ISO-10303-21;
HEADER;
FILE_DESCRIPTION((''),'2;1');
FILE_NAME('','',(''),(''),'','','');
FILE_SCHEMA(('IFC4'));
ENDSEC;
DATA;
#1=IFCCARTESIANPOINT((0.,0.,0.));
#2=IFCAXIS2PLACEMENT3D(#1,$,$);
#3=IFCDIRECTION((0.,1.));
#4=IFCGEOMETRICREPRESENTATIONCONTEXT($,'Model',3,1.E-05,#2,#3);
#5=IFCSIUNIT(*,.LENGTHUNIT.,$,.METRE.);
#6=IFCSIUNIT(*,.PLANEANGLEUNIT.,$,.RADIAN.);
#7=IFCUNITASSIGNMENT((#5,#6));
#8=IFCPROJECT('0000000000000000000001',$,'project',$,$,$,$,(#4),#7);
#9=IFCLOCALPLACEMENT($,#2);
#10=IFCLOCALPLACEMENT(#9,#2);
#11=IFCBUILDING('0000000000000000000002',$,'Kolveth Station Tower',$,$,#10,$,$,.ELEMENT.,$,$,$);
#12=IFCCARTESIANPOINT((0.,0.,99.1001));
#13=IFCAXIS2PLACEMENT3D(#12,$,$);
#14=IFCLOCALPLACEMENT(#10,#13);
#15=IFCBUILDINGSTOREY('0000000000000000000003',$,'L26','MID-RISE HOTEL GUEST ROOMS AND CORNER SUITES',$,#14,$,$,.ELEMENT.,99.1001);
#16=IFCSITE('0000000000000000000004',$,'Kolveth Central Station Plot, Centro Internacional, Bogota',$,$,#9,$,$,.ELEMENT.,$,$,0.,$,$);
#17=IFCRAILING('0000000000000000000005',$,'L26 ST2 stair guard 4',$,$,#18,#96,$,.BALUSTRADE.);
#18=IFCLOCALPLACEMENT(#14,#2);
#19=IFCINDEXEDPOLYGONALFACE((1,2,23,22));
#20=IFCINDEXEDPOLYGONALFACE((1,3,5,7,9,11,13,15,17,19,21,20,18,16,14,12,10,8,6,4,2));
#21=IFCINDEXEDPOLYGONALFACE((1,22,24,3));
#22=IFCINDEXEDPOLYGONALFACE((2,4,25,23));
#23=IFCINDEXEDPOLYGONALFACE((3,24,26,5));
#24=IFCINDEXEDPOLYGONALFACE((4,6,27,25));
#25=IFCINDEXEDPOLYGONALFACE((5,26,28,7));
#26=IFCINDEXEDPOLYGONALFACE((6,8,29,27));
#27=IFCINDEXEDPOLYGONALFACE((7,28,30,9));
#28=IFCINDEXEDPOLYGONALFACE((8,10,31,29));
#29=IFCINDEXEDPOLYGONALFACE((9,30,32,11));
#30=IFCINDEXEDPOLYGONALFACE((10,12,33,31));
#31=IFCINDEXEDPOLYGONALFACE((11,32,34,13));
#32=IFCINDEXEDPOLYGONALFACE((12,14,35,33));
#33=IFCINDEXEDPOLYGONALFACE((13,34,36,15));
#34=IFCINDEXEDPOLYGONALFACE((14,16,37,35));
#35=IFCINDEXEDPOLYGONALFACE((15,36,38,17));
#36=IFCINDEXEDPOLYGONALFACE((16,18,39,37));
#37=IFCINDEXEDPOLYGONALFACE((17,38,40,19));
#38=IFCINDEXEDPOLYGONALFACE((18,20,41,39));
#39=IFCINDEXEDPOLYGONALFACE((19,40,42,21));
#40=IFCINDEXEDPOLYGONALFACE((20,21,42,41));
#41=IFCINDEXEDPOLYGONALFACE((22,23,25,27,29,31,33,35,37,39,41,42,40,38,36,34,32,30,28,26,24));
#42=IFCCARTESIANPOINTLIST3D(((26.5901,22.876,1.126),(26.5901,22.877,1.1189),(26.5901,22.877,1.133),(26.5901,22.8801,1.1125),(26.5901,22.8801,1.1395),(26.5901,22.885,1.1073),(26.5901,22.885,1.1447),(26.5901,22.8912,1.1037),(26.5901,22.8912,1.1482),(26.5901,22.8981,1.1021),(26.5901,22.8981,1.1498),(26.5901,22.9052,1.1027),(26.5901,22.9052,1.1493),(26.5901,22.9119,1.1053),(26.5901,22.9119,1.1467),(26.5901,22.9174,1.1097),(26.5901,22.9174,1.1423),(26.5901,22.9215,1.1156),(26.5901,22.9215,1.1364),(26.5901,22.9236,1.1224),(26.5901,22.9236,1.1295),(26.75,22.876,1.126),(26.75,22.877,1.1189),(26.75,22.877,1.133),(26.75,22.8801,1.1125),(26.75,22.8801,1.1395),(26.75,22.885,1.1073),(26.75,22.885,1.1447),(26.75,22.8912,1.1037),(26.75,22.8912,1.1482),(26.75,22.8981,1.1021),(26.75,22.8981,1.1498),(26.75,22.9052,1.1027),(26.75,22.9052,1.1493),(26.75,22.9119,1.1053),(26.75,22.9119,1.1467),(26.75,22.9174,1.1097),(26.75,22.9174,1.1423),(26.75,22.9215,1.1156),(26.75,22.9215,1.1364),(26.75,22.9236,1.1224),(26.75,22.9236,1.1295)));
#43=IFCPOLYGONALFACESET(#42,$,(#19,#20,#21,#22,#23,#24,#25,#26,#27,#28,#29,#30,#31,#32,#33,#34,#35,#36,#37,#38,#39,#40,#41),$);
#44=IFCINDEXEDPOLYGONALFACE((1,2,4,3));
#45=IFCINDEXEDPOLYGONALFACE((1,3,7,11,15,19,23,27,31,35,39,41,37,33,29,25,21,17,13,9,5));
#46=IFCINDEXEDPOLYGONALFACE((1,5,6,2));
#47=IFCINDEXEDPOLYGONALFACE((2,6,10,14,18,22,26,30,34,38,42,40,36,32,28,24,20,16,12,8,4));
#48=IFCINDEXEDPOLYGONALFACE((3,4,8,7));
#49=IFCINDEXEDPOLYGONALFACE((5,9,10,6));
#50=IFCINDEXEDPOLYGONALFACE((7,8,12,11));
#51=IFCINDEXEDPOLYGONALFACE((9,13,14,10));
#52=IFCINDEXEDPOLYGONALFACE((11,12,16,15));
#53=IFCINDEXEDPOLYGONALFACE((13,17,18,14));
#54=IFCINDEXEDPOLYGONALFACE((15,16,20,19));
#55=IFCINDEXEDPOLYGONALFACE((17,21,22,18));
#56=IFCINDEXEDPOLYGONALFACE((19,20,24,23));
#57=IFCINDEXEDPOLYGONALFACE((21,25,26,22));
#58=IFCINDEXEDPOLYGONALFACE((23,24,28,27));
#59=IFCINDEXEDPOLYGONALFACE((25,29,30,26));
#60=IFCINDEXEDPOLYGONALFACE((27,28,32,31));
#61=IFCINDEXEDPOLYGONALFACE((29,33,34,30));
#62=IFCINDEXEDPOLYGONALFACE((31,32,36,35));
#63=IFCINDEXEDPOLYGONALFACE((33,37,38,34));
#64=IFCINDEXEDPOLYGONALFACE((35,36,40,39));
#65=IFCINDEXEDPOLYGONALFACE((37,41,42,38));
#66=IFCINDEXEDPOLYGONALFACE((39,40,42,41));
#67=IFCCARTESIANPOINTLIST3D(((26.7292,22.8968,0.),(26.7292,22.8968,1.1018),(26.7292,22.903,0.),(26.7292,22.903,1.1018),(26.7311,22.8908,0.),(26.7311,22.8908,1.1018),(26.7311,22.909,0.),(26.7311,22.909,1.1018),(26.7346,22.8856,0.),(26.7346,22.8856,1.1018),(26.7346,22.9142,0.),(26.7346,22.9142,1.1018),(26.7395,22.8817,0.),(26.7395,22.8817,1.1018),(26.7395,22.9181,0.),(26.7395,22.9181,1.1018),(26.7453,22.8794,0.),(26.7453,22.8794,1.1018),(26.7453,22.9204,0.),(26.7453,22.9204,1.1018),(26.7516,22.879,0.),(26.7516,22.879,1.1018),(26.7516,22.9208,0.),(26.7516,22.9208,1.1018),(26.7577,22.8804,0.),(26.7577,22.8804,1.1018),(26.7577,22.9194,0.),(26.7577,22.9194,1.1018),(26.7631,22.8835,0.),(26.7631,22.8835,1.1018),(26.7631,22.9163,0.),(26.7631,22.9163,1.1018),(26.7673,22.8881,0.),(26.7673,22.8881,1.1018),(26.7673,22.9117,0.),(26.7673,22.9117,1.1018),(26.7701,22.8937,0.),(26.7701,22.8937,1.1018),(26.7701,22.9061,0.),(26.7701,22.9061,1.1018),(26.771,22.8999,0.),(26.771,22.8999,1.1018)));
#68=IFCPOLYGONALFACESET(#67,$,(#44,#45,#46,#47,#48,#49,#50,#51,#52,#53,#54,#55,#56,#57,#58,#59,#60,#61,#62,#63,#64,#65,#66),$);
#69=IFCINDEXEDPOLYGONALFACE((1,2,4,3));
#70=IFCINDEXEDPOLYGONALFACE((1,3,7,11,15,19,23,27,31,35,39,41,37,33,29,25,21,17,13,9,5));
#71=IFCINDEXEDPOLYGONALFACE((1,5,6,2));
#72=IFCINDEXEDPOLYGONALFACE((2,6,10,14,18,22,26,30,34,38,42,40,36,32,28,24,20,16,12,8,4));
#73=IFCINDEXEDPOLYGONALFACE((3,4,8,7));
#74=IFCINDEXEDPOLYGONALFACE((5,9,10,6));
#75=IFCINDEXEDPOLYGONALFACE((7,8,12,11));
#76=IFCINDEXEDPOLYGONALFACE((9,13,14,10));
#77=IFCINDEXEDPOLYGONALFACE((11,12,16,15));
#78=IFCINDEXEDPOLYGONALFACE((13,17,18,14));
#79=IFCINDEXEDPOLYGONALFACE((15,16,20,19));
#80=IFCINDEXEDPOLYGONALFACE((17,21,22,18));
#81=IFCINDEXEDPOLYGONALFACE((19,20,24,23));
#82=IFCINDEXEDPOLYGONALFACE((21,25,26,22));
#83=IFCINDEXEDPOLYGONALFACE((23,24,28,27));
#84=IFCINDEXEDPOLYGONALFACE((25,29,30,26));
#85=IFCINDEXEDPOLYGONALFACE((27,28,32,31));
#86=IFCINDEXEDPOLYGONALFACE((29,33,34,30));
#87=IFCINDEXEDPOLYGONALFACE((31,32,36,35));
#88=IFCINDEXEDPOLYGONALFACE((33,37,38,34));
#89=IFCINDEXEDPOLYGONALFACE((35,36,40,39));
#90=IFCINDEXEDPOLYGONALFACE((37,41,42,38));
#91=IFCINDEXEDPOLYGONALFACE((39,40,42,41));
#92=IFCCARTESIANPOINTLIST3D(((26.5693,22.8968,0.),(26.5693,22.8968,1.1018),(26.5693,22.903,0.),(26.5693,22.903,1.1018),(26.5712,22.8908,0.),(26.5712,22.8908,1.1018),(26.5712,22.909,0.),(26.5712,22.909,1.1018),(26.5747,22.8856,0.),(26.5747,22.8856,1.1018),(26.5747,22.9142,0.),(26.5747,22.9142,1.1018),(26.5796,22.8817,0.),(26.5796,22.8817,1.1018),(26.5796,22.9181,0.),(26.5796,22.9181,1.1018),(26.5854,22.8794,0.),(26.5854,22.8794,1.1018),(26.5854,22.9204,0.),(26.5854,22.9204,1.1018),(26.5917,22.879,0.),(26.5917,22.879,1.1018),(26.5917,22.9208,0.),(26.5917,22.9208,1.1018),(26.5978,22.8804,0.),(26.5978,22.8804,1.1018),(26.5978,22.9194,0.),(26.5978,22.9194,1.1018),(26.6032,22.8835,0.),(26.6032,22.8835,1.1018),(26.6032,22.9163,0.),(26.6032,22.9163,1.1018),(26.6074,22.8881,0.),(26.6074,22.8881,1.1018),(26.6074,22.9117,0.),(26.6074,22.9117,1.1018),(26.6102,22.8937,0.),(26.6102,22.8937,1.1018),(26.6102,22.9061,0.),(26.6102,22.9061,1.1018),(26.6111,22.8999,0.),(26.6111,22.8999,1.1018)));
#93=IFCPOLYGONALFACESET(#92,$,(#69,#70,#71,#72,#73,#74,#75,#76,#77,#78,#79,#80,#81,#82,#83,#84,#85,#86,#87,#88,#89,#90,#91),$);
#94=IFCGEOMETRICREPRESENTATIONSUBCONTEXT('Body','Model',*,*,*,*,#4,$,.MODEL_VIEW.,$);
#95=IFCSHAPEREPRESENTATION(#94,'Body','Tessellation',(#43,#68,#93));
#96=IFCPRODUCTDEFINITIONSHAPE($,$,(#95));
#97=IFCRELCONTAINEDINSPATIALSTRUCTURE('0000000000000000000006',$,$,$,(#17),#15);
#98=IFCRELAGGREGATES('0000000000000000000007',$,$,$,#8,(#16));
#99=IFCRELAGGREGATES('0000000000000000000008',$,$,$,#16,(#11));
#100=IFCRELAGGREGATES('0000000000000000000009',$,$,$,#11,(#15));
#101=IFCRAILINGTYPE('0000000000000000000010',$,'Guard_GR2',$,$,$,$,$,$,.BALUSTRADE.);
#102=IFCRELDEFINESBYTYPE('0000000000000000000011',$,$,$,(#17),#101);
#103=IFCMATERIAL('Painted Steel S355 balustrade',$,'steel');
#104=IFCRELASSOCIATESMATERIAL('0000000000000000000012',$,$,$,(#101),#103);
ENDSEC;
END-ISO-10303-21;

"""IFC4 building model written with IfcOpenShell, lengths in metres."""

from ifc_helpers import new_model, si_unit, direction, frame, origin, origin_2d, place, context, subcontext, project, spatial, circle, extrude, material, type_object, element, save


model = new_model("IFC4")

# Units and contexts
model_context = context("Model", 3, precision=1e-05, world=origin(), true_north=direction((0.0, 1.0)))
body_context = subcontext(model_context, "Body", "Model", "MODEL_VIEW")
ifc_project = project(units=[si_unit("LENGTHUNIT", "METRE"), si_unit("PLANEANGLEUNIT", "RADIAN")], contexts=[model_context])

# Site, building, storey
site_placement = place(None, origin())
site = spatial("IfcSite", under=ifc_project, at=site_placement, Name="Kolveth Central Station Plot, Centro Internacional, Bogota", CompositionType="ELEMENT", RefElevation=0.0)
building_placement = place(site_placement, origin())
building = spatial("IfcBuilding", under=site, at=building_placement, Name="Kolveth Station Tower", CompositionType="ELEMENT")
storey_placement = place(building_placement, frame((0.0, 0.0, 99.1001)))
storey = spatial("IfcBuildingStorey", under=building, at=storey_placement, Name="L26", Description="MID-RISE HOTEL GUEST ROOMS AND CORNER SUITES", CompositionType="ELEMENT", Elevation=99.1001)

# Railing
ifc_material_1 = material(Name="Painted Steel S355 balustrade", Category="steel")
railing_type_1 = type_object("IfcRailingType", Name="Guard_GR2", PredefinedType="BALUSTRADE", material=ifc_material_1)
railing_1_placement = place(storey_placement, frame((26.75, 22.8999, 0.0)))
element("IfcRailing", 1, at=railing_1_placement, inside=storey, type_object=railing_type_1, Name="L26 ST2 stair guard 4", PredefinedType="BALUSTRADE", context=body_context, shape_type="SweptSolid", body=[
    extrude(circle(Radius=0.0239, at=origin_2d()), frame((0.0, 0.0, 1.126), z_axis=(-1.0, 0.0, 0.0), x_axis=(0.0, -1.0, 0.0)), (0.0, 0.0, 1.0), 0.1599),
    extrude(circle(Radius=0.021, at=origin_2d()), origin(), (0.0, 0.0, 1.0), 1.1018),
    extrude(circle(Radius=0.021, at=origin_2d()), frame((-0.1599, 0.0, 0.0)), (0.0, 0.0, 1.0), 1.1018),
])

save(model, "model.ifc")
